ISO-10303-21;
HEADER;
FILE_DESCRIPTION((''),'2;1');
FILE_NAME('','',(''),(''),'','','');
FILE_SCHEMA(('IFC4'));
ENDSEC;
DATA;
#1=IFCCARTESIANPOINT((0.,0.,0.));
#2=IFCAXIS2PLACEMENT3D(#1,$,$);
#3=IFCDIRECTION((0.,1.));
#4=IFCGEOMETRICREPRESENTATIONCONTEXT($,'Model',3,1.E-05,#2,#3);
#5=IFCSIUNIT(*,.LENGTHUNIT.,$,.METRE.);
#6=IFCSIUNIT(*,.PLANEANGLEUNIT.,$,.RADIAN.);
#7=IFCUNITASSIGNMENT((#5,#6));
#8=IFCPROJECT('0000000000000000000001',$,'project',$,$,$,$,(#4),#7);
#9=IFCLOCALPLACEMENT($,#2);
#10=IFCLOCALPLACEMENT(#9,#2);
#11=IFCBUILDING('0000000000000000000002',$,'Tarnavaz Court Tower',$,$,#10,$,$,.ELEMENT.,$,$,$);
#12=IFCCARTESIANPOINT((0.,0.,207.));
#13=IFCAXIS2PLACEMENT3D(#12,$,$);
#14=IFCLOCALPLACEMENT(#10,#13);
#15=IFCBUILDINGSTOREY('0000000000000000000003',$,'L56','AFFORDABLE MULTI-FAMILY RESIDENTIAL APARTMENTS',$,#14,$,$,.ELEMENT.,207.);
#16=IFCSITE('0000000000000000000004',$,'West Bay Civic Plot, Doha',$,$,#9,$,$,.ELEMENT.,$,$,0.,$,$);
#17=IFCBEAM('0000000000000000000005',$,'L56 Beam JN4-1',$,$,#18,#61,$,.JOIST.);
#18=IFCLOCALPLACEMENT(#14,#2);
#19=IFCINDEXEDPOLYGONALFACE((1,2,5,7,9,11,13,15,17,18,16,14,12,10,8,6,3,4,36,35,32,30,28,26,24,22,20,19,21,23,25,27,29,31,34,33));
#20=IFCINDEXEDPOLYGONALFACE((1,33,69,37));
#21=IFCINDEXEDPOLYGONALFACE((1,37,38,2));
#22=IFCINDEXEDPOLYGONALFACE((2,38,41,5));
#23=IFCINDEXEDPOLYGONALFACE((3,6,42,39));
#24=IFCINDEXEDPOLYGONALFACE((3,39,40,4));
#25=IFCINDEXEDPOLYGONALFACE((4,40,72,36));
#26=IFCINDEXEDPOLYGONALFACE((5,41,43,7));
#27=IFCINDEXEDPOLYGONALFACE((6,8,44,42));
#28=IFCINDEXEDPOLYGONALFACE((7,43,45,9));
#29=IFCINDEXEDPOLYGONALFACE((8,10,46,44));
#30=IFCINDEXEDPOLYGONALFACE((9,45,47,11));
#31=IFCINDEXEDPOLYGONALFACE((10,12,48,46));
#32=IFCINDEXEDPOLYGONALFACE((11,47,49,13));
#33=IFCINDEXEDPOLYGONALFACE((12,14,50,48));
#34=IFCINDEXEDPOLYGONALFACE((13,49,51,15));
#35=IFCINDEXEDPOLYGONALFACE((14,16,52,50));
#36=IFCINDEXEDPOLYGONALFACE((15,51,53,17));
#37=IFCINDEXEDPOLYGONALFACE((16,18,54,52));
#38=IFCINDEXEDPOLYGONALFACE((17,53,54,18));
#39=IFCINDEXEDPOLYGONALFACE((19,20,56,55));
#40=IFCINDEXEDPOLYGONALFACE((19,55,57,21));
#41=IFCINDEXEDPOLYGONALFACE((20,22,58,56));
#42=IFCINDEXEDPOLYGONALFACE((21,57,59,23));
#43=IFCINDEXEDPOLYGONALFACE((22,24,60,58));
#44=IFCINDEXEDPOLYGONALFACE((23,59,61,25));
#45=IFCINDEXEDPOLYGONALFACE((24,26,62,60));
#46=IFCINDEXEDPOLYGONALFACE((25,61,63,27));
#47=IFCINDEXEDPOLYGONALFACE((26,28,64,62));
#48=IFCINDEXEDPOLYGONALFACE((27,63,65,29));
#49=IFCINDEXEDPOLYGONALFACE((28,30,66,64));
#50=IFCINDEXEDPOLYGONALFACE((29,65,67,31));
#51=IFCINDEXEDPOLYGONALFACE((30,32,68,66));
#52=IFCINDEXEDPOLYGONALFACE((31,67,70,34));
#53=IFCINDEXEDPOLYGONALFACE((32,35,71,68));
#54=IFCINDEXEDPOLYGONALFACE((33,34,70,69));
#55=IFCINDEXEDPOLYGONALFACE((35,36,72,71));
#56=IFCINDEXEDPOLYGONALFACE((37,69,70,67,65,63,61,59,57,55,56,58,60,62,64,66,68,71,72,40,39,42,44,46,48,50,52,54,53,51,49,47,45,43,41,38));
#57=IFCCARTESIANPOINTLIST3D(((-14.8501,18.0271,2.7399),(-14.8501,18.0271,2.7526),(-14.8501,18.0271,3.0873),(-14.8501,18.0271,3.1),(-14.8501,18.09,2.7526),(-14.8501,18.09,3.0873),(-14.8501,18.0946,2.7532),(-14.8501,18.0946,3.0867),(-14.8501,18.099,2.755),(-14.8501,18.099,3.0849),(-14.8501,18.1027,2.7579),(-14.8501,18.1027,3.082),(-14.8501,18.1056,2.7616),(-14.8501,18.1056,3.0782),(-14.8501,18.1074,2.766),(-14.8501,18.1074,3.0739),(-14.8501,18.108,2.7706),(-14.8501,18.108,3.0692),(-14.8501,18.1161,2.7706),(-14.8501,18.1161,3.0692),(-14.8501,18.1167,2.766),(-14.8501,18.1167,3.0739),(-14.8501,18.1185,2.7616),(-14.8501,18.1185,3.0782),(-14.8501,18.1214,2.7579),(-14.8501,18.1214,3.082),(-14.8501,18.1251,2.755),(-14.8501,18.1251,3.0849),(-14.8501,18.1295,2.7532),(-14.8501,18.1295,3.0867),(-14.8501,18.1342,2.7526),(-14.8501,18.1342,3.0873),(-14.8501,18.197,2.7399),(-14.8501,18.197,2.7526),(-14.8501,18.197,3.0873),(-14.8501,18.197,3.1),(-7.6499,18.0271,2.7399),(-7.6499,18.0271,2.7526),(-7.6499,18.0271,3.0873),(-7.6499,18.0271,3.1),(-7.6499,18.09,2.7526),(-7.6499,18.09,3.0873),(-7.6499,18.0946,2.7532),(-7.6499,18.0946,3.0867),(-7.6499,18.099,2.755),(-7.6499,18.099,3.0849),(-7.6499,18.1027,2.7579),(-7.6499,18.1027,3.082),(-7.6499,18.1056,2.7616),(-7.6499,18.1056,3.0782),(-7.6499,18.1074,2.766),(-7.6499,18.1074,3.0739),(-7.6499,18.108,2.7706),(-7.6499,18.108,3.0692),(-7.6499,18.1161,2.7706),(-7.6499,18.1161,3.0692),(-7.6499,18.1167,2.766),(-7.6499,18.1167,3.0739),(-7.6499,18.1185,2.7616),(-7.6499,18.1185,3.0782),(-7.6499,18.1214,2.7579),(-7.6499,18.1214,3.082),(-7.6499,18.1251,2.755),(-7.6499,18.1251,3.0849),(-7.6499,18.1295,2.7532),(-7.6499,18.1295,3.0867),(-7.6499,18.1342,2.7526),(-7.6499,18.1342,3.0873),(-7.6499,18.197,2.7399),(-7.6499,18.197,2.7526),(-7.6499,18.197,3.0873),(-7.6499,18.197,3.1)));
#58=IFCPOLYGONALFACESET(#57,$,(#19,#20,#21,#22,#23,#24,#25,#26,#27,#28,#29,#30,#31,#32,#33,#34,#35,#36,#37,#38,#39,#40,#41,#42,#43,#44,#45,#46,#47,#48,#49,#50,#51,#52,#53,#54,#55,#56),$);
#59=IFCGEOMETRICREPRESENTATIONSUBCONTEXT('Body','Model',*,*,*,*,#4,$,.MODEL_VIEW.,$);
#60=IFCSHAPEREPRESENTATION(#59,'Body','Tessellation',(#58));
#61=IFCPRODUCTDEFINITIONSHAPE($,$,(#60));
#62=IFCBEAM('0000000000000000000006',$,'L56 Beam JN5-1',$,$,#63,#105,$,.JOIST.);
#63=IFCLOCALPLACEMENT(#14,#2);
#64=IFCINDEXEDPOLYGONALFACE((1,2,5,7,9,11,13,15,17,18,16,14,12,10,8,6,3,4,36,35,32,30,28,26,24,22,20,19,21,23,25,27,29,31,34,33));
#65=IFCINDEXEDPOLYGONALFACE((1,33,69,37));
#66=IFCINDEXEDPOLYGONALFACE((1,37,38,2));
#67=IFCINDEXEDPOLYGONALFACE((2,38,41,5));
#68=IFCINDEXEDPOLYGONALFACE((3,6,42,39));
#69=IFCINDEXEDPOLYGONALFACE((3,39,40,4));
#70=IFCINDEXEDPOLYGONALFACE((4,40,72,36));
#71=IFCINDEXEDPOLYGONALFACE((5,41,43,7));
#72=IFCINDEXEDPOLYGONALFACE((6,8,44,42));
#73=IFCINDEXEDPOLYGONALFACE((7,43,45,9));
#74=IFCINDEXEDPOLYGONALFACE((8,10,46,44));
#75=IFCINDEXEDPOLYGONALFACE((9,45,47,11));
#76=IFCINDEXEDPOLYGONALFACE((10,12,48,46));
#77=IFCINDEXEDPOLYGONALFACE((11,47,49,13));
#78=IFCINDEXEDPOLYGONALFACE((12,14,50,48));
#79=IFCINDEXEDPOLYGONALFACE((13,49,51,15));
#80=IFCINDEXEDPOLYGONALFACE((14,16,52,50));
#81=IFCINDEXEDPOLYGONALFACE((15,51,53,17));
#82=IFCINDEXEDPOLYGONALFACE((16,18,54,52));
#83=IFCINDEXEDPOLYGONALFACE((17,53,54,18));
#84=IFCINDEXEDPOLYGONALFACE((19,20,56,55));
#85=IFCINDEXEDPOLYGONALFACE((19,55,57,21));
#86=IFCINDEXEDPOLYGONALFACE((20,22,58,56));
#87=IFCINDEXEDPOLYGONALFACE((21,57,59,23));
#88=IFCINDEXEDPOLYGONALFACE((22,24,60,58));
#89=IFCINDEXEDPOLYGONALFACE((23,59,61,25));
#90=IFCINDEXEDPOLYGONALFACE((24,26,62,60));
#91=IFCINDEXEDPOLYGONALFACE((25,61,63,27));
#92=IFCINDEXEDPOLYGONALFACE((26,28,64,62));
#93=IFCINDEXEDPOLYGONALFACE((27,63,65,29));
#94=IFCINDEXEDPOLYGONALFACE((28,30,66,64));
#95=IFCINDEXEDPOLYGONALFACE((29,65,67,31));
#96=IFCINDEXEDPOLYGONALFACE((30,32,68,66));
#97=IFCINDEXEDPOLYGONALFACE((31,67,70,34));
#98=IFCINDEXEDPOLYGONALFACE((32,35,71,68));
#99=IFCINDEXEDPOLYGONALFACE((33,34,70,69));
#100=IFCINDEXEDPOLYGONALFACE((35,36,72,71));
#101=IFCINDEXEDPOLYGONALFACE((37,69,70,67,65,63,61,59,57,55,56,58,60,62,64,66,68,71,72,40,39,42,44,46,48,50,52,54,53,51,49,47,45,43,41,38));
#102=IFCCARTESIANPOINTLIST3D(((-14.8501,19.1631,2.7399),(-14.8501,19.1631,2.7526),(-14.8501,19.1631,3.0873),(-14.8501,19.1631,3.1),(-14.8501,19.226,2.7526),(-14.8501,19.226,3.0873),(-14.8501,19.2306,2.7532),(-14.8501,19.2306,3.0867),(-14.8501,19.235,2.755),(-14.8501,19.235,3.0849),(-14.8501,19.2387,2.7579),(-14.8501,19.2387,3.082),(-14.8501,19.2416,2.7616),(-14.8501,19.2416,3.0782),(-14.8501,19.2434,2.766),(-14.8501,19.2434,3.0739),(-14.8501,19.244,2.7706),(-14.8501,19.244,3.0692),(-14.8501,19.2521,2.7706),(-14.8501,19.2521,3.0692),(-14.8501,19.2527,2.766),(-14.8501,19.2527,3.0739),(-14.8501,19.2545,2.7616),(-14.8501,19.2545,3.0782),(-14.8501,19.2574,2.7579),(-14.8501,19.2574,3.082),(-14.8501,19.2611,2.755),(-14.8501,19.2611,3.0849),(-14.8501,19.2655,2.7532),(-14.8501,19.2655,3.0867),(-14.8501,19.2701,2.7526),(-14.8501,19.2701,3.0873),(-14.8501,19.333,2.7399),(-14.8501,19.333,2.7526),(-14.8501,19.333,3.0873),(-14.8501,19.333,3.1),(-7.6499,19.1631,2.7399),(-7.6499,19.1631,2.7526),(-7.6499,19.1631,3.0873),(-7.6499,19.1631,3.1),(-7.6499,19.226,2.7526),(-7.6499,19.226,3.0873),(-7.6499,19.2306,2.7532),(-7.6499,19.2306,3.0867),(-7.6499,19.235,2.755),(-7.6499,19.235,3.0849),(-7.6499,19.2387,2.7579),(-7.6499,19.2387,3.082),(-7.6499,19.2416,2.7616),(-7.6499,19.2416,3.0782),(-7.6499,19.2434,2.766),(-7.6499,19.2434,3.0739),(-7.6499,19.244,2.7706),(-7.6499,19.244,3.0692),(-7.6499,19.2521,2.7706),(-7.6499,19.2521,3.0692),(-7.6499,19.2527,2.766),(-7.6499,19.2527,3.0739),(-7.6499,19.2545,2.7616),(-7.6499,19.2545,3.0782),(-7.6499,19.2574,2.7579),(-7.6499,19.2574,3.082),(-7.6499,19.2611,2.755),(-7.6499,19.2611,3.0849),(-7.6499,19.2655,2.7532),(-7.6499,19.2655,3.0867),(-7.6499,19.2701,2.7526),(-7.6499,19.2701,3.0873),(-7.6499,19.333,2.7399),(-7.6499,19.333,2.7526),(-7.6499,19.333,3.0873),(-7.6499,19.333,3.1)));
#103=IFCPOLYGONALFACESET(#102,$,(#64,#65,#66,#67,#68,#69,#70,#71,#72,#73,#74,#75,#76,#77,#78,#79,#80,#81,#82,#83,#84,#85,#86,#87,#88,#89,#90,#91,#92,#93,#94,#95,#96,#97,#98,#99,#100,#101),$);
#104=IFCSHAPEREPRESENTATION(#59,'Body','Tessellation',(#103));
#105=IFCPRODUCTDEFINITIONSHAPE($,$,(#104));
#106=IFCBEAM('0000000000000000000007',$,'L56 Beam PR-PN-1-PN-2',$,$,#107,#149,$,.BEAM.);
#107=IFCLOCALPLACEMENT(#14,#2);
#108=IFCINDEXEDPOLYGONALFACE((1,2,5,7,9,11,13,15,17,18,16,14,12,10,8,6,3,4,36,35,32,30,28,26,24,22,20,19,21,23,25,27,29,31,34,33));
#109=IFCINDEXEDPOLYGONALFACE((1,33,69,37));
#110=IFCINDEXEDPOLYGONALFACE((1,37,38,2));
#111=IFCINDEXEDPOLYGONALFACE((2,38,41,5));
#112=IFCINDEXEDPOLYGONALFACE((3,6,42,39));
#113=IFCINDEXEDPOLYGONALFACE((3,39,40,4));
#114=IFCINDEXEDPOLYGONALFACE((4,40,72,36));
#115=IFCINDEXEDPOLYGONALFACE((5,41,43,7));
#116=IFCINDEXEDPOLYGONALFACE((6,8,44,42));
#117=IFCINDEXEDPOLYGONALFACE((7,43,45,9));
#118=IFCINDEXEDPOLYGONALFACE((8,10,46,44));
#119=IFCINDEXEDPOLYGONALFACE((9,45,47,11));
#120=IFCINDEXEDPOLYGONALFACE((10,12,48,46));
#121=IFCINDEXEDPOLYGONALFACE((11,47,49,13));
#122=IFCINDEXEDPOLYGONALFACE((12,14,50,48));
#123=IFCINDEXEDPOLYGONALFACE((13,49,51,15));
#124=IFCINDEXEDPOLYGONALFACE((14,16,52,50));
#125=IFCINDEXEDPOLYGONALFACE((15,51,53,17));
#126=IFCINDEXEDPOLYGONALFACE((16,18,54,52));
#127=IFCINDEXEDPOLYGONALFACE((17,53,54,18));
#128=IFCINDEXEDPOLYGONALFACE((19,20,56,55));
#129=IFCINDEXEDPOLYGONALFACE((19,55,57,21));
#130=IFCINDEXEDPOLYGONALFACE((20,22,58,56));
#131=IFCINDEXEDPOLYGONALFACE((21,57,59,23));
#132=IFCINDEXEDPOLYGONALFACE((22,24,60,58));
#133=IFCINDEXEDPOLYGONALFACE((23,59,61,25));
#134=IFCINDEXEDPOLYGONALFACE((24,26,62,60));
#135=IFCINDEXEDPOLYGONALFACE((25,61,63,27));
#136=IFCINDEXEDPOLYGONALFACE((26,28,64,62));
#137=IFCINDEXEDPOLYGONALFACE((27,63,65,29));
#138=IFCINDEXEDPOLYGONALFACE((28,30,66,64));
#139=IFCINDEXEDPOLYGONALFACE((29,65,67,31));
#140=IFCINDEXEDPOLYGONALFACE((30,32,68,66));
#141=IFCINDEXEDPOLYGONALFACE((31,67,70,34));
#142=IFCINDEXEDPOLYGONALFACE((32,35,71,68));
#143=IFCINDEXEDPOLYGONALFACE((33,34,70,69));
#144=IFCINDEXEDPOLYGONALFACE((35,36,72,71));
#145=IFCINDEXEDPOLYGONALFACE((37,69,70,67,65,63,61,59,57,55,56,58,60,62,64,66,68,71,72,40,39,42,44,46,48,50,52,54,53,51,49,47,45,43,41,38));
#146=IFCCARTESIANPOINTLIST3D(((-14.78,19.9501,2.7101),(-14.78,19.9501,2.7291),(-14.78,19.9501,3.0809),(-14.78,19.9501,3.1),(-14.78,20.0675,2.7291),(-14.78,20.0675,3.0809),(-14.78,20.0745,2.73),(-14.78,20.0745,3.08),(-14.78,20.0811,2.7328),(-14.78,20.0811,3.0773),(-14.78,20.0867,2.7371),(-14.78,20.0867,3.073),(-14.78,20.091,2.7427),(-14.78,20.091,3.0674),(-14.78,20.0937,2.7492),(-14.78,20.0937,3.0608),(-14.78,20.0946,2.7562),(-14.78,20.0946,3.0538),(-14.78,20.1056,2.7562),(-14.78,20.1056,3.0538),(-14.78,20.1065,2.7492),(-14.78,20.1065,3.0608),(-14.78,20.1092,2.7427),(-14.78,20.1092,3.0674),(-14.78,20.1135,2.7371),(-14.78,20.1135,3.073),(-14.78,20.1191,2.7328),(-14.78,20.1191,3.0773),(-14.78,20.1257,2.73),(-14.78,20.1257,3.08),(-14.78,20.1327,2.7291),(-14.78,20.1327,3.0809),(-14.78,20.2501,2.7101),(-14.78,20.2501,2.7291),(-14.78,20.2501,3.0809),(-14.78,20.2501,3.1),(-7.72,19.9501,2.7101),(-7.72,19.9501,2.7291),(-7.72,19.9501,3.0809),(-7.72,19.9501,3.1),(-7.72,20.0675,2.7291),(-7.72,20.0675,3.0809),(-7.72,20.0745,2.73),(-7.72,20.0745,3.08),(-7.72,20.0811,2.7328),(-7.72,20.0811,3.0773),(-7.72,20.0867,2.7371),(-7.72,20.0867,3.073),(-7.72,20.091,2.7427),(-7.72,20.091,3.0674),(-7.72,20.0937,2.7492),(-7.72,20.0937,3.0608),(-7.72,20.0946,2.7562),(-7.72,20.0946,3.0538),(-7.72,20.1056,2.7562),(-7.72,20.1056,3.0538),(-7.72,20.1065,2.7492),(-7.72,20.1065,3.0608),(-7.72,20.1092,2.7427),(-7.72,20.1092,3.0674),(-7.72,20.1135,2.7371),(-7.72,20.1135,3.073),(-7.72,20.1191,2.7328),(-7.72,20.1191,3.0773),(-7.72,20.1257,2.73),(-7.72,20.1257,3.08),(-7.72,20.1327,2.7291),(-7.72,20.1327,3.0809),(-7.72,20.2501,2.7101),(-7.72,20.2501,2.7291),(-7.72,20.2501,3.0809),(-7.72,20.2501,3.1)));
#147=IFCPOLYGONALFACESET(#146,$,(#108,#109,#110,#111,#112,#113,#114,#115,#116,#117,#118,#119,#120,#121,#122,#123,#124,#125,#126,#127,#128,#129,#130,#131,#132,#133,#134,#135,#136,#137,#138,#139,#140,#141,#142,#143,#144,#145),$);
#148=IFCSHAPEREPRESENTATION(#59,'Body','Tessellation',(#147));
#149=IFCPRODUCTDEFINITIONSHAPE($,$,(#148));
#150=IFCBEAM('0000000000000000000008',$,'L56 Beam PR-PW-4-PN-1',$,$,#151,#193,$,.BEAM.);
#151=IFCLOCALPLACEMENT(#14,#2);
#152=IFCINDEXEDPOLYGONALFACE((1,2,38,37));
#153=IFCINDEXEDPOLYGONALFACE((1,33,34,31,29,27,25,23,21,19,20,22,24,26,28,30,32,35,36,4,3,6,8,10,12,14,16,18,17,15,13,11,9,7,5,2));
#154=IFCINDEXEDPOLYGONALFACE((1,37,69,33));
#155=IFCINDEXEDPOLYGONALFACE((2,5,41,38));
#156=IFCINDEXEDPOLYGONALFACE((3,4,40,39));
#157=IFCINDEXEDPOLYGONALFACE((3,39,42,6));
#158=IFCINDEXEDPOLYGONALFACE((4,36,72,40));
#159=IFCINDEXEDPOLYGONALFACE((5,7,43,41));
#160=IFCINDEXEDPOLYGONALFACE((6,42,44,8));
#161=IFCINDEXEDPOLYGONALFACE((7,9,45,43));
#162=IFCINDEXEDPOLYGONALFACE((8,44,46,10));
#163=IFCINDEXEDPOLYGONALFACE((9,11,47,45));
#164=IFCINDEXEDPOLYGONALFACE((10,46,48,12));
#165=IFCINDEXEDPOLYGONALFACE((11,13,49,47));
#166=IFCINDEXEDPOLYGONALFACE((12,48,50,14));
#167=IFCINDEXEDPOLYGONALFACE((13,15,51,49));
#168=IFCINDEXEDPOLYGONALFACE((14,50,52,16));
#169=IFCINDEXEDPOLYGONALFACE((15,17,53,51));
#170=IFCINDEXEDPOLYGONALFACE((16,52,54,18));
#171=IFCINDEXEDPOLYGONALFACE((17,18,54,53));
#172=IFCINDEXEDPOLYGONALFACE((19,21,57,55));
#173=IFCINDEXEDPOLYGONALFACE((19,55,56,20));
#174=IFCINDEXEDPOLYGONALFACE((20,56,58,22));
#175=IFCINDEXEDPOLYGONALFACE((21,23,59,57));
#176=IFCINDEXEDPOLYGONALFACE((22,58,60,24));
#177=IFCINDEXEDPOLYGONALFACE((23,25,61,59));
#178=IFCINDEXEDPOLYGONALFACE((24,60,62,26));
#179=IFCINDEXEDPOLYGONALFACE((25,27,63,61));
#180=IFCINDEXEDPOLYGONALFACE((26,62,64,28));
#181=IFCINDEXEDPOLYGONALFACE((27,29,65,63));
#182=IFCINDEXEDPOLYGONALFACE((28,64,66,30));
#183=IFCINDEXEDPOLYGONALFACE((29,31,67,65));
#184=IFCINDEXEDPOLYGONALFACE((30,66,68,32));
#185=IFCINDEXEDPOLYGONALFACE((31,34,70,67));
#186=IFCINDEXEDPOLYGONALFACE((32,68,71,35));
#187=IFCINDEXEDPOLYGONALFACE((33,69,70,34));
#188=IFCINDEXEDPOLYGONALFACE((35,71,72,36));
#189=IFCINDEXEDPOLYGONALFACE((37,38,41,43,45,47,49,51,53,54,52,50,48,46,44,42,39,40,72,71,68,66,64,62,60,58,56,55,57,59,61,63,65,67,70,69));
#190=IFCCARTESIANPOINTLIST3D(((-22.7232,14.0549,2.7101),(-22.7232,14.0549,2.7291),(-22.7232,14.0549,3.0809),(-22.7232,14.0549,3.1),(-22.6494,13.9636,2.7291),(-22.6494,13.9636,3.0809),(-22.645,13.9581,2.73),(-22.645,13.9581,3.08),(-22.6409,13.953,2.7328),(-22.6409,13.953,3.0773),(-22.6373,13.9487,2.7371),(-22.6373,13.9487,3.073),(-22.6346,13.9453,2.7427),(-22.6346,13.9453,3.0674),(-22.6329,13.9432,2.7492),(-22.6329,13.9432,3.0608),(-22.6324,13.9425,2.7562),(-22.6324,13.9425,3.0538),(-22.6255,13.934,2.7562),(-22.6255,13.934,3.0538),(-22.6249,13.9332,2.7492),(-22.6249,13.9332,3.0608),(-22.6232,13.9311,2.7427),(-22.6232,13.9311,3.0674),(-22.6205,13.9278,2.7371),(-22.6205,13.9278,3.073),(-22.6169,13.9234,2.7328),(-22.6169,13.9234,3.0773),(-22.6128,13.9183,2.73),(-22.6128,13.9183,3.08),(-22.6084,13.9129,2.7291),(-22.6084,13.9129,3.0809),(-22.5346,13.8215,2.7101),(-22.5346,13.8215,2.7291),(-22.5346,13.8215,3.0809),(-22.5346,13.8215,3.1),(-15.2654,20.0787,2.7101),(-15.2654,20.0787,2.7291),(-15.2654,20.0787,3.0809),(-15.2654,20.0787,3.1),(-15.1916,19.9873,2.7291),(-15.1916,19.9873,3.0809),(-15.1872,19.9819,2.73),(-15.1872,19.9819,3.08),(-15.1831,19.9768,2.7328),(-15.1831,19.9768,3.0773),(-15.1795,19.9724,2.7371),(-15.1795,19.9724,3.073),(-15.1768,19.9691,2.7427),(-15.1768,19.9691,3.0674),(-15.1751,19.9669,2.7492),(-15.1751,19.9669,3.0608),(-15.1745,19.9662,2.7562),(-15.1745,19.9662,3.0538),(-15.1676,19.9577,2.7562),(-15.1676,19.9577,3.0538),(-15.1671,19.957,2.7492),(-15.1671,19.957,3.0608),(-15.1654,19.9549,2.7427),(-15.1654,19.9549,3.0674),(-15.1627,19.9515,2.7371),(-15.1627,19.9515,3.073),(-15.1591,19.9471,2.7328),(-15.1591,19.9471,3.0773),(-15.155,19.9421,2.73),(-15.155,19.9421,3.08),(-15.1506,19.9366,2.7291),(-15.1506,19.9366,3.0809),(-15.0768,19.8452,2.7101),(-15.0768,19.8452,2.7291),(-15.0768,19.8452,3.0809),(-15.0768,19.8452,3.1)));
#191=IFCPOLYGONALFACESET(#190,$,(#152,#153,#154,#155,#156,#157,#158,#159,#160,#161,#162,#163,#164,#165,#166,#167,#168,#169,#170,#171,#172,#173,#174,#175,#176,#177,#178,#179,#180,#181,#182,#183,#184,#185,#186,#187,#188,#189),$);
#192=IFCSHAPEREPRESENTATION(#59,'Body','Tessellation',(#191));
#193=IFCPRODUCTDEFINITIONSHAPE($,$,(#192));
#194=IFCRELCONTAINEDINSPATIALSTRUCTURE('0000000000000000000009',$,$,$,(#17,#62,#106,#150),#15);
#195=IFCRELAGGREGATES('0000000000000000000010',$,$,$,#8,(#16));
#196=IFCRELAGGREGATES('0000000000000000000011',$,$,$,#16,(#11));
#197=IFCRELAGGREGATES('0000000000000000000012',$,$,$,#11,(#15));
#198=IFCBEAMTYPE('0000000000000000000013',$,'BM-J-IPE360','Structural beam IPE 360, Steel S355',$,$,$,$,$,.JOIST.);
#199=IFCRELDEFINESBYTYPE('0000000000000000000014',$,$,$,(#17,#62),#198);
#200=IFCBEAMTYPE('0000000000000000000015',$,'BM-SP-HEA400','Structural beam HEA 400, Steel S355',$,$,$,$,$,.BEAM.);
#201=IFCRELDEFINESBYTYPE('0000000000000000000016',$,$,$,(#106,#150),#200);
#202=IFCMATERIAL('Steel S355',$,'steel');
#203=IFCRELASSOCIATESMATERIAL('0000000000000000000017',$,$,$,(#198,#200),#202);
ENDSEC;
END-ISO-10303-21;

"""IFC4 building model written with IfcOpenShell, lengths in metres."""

from ifc_helpers import new_model, si_unit, direction, frame, origin, origin_2d, place, context, subcontext, project, spatial, i_section, extrude, material, material_profile, profile_set, type_object, element, save


model = new_model("IFC4")

# Units and contexts
model_context = context("Model", 3, precision=1e-05, world=origin(), true_north=direction((0.0, 1.0)))
body_context = subcontext(model_context, "Body", "Model", "MODEL_VIEW")
ifc_project = project(units=[si_unit("LENGTHUNIT", "METRE"), si_unit("PLANEANGLEUNIT", "RADIAN")], contexts=[model_context])

# Site, building, storey
site_placement = place(None, origin())
site = spatial("IfcSite", under=ifc_project, at=site_placement, Name="West Bay Civic Plot, Doha", CompositionType="ELEMENT", RefElevation=0.0)
building_placement = place(site_placement, origin())
building = spatial("IfcBuilding", under=site, at=building_placement, Name="Tarnavaz Court Tower", CompositionType="ELEMENT")
storey_placement = place(building_placement, frame((0.0, 0.0, 207.0)))
storey = spatial("IfcBuildingStorey", under=building, at=storey_placement, Name="L56", Description="AFFORDABLE MULTI-FAMILY RESIDENTIAL APARTMENTS", CompositionType="ELEMENT", Elevation=207.0)

# Beams
ifc_material_1 = material(Name="Steel S355", Category="steel")
ifc_material_profile_1 = material_profile(ifc_material_1, i_section(OverallWidth=0.1699, OverallDepth=0.3601, WebThickness=0.0081, FlangeThickness=0.0127, FilletRadius=0.0181, at=origin_2d()), Name="IPE 360")
ifc_profile_set_1 = profile_set([ifc_material_profile_1], Name="Steel S355")
beam_type_1 = type_object("IfcBeamType", Name="BM-J-IPE360", Description="Structural beam IPE 360, Steel S355", PredefinedType="JOIST", material=ifc_profile_set_1)
for number, where, z_axis, x_axis, name in (
    (1, (-14.8501, 18.1121, 2.9199), (1.0, 0.0, 0.0), (0.0, 1.0, 0.0), "L56 Beam JN4-1"),
    (2, (-14.8501, 19.248, 2.9199), (1.0, 0.0, 0.0), (0.0, 1.0, 0.0), "L56 Beam JN5-1"),
):
    element("IfcBeam", number, at=place(storey_placement, frame(where, z_axis=z_axis, x_axis=x_axis)), inside=storey, type_object=beam_type_1, Name=name, PredefinedType="JOIST", context=body_context, shape_type="SweptSolid", body=[
        extrude(i_section(OverallWidth=0.1699, OverallDepth=0.3601, WebThickness=0.0081, FlangeThickness=0.0127, FilletRadius=0.0181, at=origin_2d()), origin(), (0.0, 0.0, 1.0), 7.2002),
    ])
ifc_material_profile_2 = material_profile(ifc_material_1, i_section(OverallWidth=0.3, OverallDepth=0.3899, WebThickness=0.011, FlangeThickness=0.019, FilletRadius=0.0271, at=origin_2d()), Name="HEA 400")
ifc_profile_set_2 = profile_set([ifc_material_profile_2], Name="Steel S355")
beam_type_2 = type_object("IfcBeamType", Name="BM-SP-HEA400", Description="Structural beam HEA 400, Steel S355", PredefinedType="BEAM", material=ifc_profile_set_2)
beam_1_placement = place(storey_placement, frame((-14.78, 20.1001, 2.905), z_axis=(1.0, 0.0, 0.0), x_axis=(0.0, 1.0, 0.0)))
element("IfcBeam", 3, at=beam_1_placement, inside=storey, type_object=beam_type_2, Name="L56 Beam PR-PN-1-PN-2", PredefinedType="BEAM", context=body_context, shape_type="SweptSolid", body=[
    extrude(i_section(OverallWidth=0.3, OverallDepth=0.3899, WebThickness=0.011, FlangeThickness=0.019, FilletRadius=0.0271, at=origin_2d()), origin(), (0.0, 0.0, 1.0), 7.0601),
])
beam_2_placement = place(storey_placement, frame((-22.6289, 13.9382, 2.905), z_axis=(0.777936, 0.628344, 0.0), x_axis=(-0.628344, 0.777936, 0.0)))
element("IfcBeam", 4, at=beam_2_placement, inside=storey, type_object=beam_type_2, Name="L56 Beam PR-PW-4-PN-1", PredefinedType="BEAM", context=body_context, shape_type="SweptSolid", body=[
    extrude(i_section(OverallWidth=0.3, OverallDepth=0.3899, WebThickness=0.011, FlangeThickness=0.019, FilletRadius=0.0271, at=origin_2d()), origin(), (0.0, 0.0, 1.0), 9.5867),
])

save(model, "model.ifc")
